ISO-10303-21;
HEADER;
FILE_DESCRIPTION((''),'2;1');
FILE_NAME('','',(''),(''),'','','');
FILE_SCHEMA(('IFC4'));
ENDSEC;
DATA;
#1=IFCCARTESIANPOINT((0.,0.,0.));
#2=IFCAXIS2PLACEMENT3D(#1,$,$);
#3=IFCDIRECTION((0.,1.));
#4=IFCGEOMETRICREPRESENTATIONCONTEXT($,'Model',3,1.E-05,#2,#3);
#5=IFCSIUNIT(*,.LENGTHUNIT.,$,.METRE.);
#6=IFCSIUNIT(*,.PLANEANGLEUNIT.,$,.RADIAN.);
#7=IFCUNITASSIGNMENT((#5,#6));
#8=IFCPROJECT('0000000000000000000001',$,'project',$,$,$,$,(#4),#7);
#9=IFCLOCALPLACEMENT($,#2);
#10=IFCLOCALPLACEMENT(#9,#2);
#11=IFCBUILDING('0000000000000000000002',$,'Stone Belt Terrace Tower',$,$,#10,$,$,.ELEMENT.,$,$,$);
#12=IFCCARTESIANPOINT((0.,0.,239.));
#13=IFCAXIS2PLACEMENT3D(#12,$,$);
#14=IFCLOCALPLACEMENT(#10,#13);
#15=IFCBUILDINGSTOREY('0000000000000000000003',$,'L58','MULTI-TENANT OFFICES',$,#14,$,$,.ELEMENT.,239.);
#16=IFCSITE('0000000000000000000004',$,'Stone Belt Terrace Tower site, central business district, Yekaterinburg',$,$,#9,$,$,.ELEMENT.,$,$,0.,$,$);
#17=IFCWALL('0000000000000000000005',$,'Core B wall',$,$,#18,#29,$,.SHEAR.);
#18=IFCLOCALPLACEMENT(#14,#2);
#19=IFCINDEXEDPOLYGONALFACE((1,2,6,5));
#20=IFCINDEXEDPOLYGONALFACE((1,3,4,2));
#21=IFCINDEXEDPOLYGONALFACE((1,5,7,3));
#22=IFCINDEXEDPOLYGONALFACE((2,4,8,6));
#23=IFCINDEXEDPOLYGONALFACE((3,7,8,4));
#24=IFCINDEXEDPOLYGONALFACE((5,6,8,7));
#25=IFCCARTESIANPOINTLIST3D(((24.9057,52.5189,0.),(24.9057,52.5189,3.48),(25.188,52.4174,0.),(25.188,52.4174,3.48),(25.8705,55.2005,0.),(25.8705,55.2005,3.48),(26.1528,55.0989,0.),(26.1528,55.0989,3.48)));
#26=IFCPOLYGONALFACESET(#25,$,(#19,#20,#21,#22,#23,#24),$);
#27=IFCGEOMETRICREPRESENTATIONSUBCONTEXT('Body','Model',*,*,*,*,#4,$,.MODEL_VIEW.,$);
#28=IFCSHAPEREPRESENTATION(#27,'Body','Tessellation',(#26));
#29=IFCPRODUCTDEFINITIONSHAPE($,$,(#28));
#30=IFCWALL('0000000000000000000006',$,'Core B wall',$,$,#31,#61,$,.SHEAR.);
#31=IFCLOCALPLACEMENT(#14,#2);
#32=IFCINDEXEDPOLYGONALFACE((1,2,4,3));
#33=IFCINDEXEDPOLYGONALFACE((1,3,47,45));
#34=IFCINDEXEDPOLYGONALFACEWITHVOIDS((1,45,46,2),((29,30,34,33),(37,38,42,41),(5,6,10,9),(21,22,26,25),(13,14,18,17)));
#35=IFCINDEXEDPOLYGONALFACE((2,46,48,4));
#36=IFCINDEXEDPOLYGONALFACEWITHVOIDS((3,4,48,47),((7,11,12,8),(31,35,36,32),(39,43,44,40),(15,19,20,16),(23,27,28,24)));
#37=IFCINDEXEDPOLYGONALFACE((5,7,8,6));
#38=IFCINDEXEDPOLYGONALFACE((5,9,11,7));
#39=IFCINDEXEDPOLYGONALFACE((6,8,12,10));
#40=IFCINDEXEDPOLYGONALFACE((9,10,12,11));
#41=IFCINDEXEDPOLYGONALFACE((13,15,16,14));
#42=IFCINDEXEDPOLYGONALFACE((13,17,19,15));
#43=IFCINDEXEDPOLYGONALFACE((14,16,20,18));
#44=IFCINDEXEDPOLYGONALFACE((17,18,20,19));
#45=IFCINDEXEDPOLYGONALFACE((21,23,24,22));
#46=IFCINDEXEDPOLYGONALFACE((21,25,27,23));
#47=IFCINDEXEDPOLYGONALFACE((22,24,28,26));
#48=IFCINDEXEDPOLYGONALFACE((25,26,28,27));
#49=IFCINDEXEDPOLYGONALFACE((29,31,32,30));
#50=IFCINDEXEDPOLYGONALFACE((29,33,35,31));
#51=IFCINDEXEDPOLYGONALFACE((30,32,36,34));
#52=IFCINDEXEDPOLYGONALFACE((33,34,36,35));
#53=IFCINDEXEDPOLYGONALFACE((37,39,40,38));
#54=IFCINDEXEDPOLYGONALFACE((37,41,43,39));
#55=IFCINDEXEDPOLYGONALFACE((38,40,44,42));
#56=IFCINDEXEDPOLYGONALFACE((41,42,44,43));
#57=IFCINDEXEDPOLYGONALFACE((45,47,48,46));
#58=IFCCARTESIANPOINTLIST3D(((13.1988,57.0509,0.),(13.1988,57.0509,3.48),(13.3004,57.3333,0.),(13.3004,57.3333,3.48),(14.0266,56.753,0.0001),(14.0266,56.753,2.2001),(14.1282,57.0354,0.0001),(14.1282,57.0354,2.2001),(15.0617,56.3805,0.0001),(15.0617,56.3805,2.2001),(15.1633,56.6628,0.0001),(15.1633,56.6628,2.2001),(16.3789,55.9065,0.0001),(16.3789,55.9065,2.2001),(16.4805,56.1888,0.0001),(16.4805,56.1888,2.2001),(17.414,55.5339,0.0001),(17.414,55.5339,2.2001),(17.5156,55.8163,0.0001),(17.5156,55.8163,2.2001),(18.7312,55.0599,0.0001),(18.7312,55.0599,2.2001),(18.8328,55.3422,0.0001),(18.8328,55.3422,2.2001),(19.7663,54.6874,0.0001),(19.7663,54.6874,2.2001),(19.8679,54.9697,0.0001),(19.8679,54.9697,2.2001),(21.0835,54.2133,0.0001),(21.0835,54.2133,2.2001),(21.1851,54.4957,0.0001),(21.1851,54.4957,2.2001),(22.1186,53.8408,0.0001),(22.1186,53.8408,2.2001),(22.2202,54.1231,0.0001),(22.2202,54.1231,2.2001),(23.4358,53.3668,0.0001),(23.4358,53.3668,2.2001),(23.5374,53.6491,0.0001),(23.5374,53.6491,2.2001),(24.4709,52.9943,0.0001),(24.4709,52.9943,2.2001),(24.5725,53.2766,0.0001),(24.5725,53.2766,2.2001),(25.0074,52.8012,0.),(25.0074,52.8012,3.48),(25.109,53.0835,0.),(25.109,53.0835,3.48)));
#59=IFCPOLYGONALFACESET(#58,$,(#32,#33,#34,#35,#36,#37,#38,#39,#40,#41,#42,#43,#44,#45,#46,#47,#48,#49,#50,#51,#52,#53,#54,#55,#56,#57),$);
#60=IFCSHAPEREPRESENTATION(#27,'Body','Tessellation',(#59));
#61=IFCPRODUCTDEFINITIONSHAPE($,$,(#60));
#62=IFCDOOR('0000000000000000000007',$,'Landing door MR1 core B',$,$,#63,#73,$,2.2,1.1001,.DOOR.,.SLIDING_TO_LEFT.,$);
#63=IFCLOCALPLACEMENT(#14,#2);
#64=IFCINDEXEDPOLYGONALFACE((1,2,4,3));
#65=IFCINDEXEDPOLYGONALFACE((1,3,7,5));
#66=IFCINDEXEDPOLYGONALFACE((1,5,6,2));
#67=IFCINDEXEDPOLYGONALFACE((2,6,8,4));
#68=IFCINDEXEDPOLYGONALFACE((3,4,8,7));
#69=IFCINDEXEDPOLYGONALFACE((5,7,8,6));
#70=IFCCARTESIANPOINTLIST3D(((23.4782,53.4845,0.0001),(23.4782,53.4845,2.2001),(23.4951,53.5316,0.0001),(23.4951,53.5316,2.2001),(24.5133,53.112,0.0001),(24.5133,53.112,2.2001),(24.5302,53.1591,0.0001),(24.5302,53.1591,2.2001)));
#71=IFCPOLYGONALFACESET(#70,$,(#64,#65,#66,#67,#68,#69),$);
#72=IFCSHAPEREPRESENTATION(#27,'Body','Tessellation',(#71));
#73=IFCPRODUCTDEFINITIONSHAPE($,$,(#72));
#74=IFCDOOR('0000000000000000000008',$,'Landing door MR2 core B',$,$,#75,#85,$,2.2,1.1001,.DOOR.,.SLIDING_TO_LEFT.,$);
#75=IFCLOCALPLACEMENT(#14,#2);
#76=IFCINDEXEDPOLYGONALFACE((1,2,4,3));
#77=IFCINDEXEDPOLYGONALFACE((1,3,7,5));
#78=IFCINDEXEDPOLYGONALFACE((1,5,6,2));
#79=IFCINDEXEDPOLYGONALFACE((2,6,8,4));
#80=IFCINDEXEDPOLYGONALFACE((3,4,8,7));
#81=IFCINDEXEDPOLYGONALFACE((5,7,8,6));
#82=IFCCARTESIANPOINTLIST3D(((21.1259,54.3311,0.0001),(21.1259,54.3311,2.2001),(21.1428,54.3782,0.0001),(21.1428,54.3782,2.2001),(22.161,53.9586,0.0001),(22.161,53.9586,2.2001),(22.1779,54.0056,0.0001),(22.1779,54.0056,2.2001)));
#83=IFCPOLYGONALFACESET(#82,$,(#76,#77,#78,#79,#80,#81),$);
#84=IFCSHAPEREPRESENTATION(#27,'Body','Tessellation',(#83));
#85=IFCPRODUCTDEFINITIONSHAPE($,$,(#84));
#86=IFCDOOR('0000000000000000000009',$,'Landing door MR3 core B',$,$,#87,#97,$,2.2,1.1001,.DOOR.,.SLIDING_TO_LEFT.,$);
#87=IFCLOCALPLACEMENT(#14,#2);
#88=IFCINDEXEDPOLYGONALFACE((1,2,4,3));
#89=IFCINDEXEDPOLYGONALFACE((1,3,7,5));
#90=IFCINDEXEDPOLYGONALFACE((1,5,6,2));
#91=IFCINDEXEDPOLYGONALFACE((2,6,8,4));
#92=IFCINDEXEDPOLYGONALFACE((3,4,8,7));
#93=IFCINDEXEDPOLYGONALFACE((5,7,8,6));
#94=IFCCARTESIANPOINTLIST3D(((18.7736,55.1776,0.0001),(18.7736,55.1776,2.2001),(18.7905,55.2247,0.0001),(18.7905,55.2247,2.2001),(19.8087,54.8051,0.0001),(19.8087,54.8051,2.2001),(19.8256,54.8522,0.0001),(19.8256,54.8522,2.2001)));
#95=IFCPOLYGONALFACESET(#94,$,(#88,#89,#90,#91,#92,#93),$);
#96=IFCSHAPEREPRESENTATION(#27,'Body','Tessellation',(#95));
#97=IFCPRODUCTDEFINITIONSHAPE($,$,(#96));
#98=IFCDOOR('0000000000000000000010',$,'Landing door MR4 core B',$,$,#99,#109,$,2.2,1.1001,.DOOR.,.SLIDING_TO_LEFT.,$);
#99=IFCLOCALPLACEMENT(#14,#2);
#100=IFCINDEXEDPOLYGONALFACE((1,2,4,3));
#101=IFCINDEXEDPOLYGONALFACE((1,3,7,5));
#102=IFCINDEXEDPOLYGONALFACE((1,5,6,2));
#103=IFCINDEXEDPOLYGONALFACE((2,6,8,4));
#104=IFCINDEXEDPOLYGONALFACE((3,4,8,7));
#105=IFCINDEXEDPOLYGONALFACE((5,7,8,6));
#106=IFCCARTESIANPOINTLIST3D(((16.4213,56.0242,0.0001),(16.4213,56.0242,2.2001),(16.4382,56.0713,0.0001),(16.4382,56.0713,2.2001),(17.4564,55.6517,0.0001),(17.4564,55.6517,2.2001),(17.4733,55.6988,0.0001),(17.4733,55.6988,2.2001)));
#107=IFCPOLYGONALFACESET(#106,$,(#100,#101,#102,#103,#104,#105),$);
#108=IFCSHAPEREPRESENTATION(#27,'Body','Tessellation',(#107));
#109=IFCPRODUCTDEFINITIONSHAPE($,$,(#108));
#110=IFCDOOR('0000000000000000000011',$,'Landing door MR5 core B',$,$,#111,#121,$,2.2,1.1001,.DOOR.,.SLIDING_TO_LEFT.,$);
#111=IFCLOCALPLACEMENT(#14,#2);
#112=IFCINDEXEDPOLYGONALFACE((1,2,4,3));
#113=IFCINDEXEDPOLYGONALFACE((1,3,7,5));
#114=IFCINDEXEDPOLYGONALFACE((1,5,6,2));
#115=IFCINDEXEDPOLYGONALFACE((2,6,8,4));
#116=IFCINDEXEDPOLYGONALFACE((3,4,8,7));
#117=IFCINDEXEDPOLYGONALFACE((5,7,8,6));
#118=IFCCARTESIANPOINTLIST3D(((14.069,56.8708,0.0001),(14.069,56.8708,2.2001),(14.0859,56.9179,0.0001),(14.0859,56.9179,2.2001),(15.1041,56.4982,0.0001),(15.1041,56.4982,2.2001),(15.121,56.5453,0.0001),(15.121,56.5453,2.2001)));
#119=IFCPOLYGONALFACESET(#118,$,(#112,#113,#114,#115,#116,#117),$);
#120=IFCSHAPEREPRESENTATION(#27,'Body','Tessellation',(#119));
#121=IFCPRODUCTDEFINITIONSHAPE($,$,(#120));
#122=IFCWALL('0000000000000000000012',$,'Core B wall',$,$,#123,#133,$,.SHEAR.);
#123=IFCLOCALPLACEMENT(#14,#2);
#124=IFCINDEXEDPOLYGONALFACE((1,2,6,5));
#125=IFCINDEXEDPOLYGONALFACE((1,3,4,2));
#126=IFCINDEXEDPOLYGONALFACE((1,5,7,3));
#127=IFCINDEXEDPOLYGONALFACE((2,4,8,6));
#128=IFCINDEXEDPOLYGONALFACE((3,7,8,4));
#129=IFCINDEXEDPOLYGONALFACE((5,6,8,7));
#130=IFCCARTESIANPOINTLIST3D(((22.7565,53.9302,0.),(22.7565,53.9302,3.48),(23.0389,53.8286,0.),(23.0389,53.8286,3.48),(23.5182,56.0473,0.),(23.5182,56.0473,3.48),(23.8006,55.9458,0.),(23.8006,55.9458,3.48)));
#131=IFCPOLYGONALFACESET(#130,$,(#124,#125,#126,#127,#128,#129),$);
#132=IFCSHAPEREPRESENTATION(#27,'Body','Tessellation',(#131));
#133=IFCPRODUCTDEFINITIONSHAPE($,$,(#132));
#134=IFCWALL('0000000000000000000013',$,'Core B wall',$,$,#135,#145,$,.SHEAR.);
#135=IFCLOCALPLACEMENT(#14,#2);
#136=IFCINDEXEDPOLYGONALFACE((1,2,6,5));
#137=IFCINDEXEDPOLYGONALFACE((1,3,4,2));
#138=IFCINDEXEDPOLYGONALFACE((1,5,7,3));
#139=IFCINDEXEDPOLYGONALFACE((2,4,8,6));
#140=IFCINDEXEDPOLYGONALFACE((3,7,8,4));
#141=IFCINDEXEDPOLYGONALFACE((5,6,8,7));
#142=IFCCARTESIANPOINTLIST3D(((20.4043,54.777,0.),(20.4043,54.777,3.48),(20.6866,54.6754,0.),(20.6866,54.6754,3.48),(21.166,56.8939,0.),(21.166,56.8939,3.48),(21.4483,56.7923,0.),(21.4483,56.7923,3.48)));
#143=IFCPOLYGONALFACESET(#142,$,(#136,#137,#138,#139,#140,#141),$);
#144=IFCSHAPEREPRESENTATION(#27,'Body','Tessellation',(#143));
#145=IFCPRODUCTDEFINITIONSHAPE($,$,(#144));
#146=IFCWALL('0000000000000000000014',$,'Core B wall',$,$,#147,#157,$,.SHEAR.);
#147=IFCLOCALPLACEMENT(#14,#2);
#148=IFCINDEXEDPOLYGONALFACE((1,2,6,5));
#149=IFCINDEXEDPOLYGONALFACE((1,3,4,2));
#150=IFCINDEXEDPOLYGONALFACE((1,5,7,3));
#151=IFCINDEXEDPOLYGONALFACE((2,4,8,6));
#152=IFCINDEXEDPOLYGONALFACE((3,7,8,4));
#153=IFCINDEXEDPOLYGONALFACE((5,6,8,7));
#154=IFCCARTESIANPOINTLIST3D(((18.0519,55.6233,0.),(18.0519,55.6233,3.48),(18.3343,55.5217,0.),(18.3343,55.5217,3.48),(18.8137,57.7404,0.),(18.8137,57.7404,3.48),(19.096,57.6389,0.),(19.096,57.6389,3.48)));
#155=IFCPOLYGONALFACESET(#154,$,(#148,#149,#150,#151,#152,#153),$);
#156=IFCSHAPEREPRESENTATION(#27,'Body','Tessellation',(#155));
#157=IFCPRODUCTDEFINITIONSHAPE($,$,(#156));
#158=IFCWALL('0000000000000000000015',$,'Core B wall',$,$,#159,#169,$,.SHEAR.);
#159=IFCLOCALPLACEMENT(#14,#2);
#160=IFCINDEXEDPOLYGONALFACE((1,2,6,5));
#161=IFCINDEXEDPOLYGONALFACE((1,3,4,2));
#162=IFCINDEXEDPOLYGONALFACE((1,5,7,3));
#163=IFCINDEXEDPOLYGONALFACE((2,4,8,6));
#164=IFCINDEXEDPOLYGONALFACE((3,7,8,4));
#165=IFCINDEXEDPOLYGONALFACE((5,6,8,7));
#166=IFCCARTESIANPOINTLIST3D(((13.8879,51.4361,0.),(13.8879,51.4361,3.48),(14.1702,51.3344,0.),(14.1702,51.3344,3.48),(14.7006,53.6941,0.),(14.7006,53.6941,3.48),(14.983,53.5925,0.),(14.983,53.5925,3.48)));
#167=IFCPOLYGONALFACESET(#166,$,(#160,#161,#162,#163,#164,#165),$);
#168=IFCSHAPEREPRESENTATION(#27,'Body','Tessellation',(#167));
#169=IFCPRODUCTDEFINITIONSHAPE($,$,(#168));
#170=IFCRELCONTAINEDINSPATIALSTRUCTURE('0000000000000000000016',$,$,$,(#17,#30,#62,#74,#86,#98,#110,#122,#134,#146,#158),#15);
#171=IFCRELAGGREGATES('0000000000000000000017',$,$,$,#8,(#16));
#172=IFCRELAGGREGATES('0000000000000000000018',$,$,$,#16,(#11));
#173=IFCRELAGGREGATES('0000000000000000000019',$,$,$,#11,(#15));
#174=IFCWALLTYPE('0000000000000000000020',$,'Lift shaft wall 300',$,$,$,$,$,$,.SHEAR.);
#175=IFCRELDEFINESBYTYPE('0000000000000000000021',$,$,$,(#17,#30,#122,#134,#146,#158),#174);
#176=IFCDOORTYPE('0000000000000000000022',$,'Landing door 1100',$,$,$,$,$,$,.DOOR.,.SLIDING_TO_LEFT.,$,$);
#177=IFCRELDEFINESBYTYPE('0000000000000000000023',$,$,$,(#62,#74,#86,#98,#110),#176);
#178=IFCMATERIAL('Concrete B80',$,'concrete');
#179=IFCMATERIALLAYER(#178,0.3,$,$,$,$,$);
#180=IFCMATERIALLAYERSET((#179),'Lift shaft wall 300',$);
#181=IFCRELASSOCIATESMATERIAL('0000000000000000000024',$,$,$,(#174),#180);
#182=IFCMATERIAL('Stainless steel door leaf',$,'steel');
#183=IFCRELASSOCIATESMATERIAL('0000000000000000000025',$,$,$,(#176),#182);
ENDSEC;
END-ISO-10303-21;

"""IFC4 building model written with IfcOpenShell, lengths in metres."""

from ifc_helpers import new_model, si_unit, direction, frame, frame_2d, origin, place, context, subcontext, project, spatial, rectangle, extrude, material, layer, layer_set, type_object, element, fill, save


model = new_model("IFC4")

# Units and contexts
model_context = context("Model", 3, precision=1e-05, world=origin(), true_north=direction((0.0, 1.0)))
body_context = subcontext(model_context, "Body", "Model", "MODEL_VIEW")
ifc_project = project(units=[si_unit("LENGTHUNIT", "METRE"), si_unit("PLANEANGLEUNIT", "RADIAN")], contexts=[model_context])

# Site, building, storey
site_placement = place(None, origin())
site = spatial("IfcSite", under=ifc_project, at=site_placement, Name="Stone Belt Terrace Tower site, central business district, Yekaterinburg", CompositionType="ELEMENT", RefElevation=0.0)
building_placement = place(site_placement, origin())
building = spatial("IfcBuilding", under=site, at=building_placement, Name="Stone Belt Terrace Tower", CompositionType="ELEMENT")
storey_placement = place(building_placement, frame((0.0, 0.0, 239.0)))
storey = spatial("IfcBuildingStorey", under=building, at=storey_placement, Name="L58", Description="MULTI-TENANT OFFICES", CompositionType="ELEMENT", Elevation=239.0)

# Wall
ifc_material_1 = material(Name="Concrete B80", Category="concrete")
ifc_layer_1 = layer(ifc_material_1, 0.3)
ifc_layer_set_1 = layer_set([ifc_layer_1], Name="Lift shaft wall 300")
wall_type_1 = type_object("IfcWallType", Name="Lift shaft wall 300", PredefinedType="SHEAR", material=ifc_layer_set_1)
wall_1_placement = place(storey_placement, frame((25.0469, 52.4683, 0.0), z_axis=(0.0, 0.0, 1.0), x_axis=(0.33855, 0.940949, 0.0)))
element("IfcWall", 1, at=wall_1_placement, inside=storey, type_object=wall_type_1, Name="Core B wall", PredefinedType="SHEAR", context=body_context, shape_type="SweptSolid", body=[
    extrude(rectangle(XDim=2.8499, YDim=0.3, at=frame_2d((1.4248, 0.0))), origin(), (0.0, 0.0, 1.0), 3.48),
])

# Wall, openings, doors
wall_2_placement = place(storey_placement, frame((25.0581, 52.9424, 0.0), z_axis=(0.0, 0.0, 1.0), x_axis=(-0.940921, 0.338625, 0.0)))
wall_2 = element("IfcWall", 2, at=wall_2_placement, inside=storey, type_object=wall_type_1, Name="Core B wall", PredefinedType="SHEAR", context=body_context, shape_type="SweptSolid", body=[
    extrude(rectangle(XDim=12.55, YDim=0.3, at=frame_2d((6.2749, 0.0))), origin(), (0.0, 0.0, 1.0), 3.48),
])
opening_1_placement = place(wall_2_placement, frame((0.5701, 0.0, 0.0)))
opening_1 = element("IfcOpeningElement", 3, at=opening_1_placement, cuts=wall_2, PredefinedType="OPENING", context=body_context, shape_type="SweptSolid", body=[
    extrude(rectangle(XDim=1.1001, YDim=2.2, at=frame_2d((0.55, 1.1001))), frame((0.0, 0.1599, 0.0), z_axis=(0.0, -1.0, 0.0), x_axis=(1.0, 0.0, 0.0)), (0.0, 0.0, 1.0), 0.3201),
])
opening_2_placement = place(wall_2_placement, frame((3.0701, 0.0, 0.0)))
opening_2 = element("IfcOpeningElement", 4, at=opening_2_placement, cuts=wall_2, PredefinedType="OPENING", context=body_context, shape_type="SweptSolid", body=[
    extrude(rectangle(XDim=1.1001, YDim=2.2, at=frame_2d((0.55, 1.1001))), frame((0.0, 0.1599, 0.0), z_axis=(0.0, -1.0, 0.0), x_axis=(1.0, 0.0, 0.0)), (0.0, 0.0, 1.0), 0.3201),
])
opening_3_placement = place(wall_2_placement, frame((5.5701, 0.0, 0.0)))
opening_3 = element("IfcOpeningElement", 5, at=opening_3_placement, cuts=wall_2, PredefinedType="OPENING", context=body_context, shape_type="SweptSolid", body=[
    extrude(rectangle(XDim=1.1001, YDim=2.2, at=frame_2d((0.55, 1.1001))), frame((0.0, 0.1599, 0.0), z_axis=(0.0, -1.0, 0.0), x_axis=(1.0, 0.0, 0.0)), (0.0, 0.0, 1.0), 0.3201),
])
opening_4_placement = place(wall_2_placement, frame((8.0701, 0.0, 0.0)))
opening_4 = element("IfcOpeningElement", 6, at=opening_4_placement, cuts=wall_2, PredefinedType="OPENING", context=body_context, shape_type="SweptSolid", body=[
    extrude(rectangle(XDim=1.1001, YDim=2.2, at=frame_2d((0.55, 1.1001))), frame((0.0, 0.1599, 0.0), z_axis=(0.0, -1.0, 0.0), x_axis=(1.0, 0.0, 0.0)), (0.0, 0.0, 1.0), 0.3201),
])
opening_5_placement = place(wall_2_placement, frame((10.5701, 0.0, 0.0)))
opening_5 = element("IfcOpeningElement", 7, at=opening_5_placement, cuts=wall_2, PredefinedType="OPENING", context=body_context, shape_type="SweptSolid", body=[
    extrude(rectangle(XDim=1.1001, YDim=2.2, at=frame_2d((0.55, 1.1001))), frame((0.0, 0.1599, 0.0), z_axis=(0.0, -1.0, 0.0), x_axis=(1.0, 0.0, 0.0)), (0.0, 0.0, 1.0), 0.3201),
])
ifc_material_2 = material(Name="Stainless steel door leaf", Category="steel")
door_type_1 = type_object("IfcDoorType", Name="Landing door 1100", OperationType="SLIDING_TO_LEFT", PredefinedType="DOOR", material=ifc_material_2)
door_1_placement = place(opening_1_placement, origin())
door_1 = element("IfcDoor", 8, at=door_1_placement, inside=storey, type_object=door_type_1, Name="Landing door MR1 core B", OperationType="SLIDING_TO_LEFT", OverallHeight=2.2, OverallWidth=1.1001, PredefinedType="DOOR", context=body_context, shape_type="SweptSolid", body=[
    extrude(rectangle(XDim=1.1001, YDim=2.2, at=frame_2d((0.55, 1.1001))), frame((0.0, 0.0249, 0.0), z_axis=(0.0, -1.0, 0.0), x_axis=(1.0, 0.0, 0.0)), (0.0, 0.0, 1.0), 0.05),
])
fill(opening_1, door_1)
door_2_placement = place(opening_2_placement, origin())
door_2 = element("IfcDoor", 9, at=door_2_placement, inside=storey, type_object=door_type_1, Name="Landing door MR2 core B", OperationType="SLIDING_TO_LEFT", OverallHeight=2.2, OverallWidth=1.1001, PredefinedType="DOOR", context=body_context, shape_type="SweptSolid", body=[
    extrude(rectangle(XDim=1.1001, YDim=2.2, at=frame_2d((0.55, 1.1001))), frame((0.0, 0.0249, 0.0), z_axis=(0.0, -1.0, 0.0), x_axis=(1.0, 0.0, 0.0)), (0.0, 0.0, 1.0), 0.05),
])
fill(opening_2, door_2)
door_3_placement = place(opening_3_placement, origin())
door_3 = element("IfcDoor", 10, at=door_3_placement, inside=storey, type_object=door_type_1, Name="Landing door MR3 core B", OperationType="SLIDING_TO_LEFT", OverallHeight=2.2, OverallWidth=1.1001, PredefinedType="DOOR", context=body_context, shape_type="SweptSolid", body=[
    extrude(rectangle(XDim=1.1001, YDim=2.2, at=frame_2d((0.55, 1.1001))), frame((0.0, 0.0249, 0.0), z_axis=(0.0, -1.0, 0.0), x_axis=(1.0, 0.0, 0.0)), (0.0, 0.0, 1.0), 0.05),
])
fill(opening_3, door_3)
door_4_placement = place(opening_4_placement, origin())
door_4 = element("IfcDoor", 11, at=door_4_placement, inside=storey, type_object=door_type_1, Name="Landing door MR4 core B", OperationType="SLIDING_TO_LEFT", OverallHeight=2.2, OverallWidth=1.1001, PredefinedType="DOOR", context=body_context, shape_type="SweptSolid", body=[
    extrude(rectangle(XDim=1.1001, YDim=2.2, at=frame_2d((0.55, 1.1001))), frame((0.0, 0.0249, 0.0), z_axis=(0.0, -1.0, 0.0), x_axis=(1.0, 0.0, 0.0)), (0.0, 0.0, 1.0), 0.05),
])
fill(opening_4, door_4)
door_5_placement = place(opening_5_placement, origin())
door_5 = element("IfcDoor", 12, at=door_5_placement, inside=storey, type_object=door_type_1, Name="Landing door MR5 core B", OperationType="SLIDING_TO_LEFT", OverallHeight=2.2, OverallWidth=1.1001, PredefinedType="DOOR", context=body_context, shape_type="SweptSolid", body=[
    extrude(rectangle(XDim=1.1001, YDim=2.2, at=frame_2d((0.55, 1.1001))), frame((0.0, 0.0249, 0.0), z_axis=(0.0, -1.0, 0.0), x_axis=(1.0, 0.0, 0.0)), (0.0, 0.0, 1.0), 0.05),
])
fill(opening_5, door_5)

# Walls
wall_3_placement = place(storey_placement, frame((22.8977, 53.8794, 0.0), z_axis=(0.0, 0.0, 1.0), x_axis=(0.338535, 0.940954, 0.0)))
element("IfcWall", 13, at=wall_3_placement, inside=storey, type_object=wall_type_1, Name="Core B wall", PredefinedType="SHEAR", context=body_context, shape_type="SweptSolid", body=[
    extrude(rectangle(XDim=2.25, YDim=0.3, at=frame_2d((1.125, 0.0))), origin(), (0.0, 0.0, 1.0), 3.48),
])
wall_4_placement = place(storey_placement, frame((20.5454, 54.7261, 0.0), z_axis=(0.0, 0.0, 1.0), x_axis=(0.33857, 0.940941, 0.0)))
element("IfcWall", 14, at=wall_4_placement, inside=storey, type_object=wall_type_1, Name="Core B wall", PredefinedType="SHEAR", context=body_context, shape_type="SweptSolid", body=[
    extrude(rectangle(XDim=2.2498, YDim=0.3, at=frame_2d((1.125, 0.0))), origin(), (0.0, 0.0, 1.0), 3.48),
])
wall_5_placement = place(storey_placement, frame((18.1931, 55.5725, 0.0), z_axis=(0.0, 0.0, 1.0), x_axis=(0.338535, 0.940954, 0.0)))
element("IfcWall", 15, at=wall_5_placement, inside=storey, type_object=wall_type_1, Name="Core B wall", PredefinedType="SHEAR", context=body_context, shape_type="SweptSolid", body=[
    extrude(rectangle(XDim=2.25, YDim=0.3, at=frame_2d((1.125, 0.0))), origin(), (0.0, 0.0, 1.0), 3.48),
])
wall_6_placement = place(storey_placement, frame((14.0291, 51.3853, 0.0), z_axis=(0.0, 0.0, 1.0), x_axis=(0.338662, 0.940908, 0.0)))
element("IfcWall", 16, at=wall_6_placement, inside=storey, type_object=wall_type_1, Name="Core B wall", PredefinedType="SHEAR", context=body_context, shape_type="SweptSolid", body=[
    extrude(rectangle(XDim=2.3999, YDim=0.3, at=frame_2d((1.2, 0.0))), origin(), (0.0, 0.0, 1.0), 3.48),
])

save(model, "model.ifc")
